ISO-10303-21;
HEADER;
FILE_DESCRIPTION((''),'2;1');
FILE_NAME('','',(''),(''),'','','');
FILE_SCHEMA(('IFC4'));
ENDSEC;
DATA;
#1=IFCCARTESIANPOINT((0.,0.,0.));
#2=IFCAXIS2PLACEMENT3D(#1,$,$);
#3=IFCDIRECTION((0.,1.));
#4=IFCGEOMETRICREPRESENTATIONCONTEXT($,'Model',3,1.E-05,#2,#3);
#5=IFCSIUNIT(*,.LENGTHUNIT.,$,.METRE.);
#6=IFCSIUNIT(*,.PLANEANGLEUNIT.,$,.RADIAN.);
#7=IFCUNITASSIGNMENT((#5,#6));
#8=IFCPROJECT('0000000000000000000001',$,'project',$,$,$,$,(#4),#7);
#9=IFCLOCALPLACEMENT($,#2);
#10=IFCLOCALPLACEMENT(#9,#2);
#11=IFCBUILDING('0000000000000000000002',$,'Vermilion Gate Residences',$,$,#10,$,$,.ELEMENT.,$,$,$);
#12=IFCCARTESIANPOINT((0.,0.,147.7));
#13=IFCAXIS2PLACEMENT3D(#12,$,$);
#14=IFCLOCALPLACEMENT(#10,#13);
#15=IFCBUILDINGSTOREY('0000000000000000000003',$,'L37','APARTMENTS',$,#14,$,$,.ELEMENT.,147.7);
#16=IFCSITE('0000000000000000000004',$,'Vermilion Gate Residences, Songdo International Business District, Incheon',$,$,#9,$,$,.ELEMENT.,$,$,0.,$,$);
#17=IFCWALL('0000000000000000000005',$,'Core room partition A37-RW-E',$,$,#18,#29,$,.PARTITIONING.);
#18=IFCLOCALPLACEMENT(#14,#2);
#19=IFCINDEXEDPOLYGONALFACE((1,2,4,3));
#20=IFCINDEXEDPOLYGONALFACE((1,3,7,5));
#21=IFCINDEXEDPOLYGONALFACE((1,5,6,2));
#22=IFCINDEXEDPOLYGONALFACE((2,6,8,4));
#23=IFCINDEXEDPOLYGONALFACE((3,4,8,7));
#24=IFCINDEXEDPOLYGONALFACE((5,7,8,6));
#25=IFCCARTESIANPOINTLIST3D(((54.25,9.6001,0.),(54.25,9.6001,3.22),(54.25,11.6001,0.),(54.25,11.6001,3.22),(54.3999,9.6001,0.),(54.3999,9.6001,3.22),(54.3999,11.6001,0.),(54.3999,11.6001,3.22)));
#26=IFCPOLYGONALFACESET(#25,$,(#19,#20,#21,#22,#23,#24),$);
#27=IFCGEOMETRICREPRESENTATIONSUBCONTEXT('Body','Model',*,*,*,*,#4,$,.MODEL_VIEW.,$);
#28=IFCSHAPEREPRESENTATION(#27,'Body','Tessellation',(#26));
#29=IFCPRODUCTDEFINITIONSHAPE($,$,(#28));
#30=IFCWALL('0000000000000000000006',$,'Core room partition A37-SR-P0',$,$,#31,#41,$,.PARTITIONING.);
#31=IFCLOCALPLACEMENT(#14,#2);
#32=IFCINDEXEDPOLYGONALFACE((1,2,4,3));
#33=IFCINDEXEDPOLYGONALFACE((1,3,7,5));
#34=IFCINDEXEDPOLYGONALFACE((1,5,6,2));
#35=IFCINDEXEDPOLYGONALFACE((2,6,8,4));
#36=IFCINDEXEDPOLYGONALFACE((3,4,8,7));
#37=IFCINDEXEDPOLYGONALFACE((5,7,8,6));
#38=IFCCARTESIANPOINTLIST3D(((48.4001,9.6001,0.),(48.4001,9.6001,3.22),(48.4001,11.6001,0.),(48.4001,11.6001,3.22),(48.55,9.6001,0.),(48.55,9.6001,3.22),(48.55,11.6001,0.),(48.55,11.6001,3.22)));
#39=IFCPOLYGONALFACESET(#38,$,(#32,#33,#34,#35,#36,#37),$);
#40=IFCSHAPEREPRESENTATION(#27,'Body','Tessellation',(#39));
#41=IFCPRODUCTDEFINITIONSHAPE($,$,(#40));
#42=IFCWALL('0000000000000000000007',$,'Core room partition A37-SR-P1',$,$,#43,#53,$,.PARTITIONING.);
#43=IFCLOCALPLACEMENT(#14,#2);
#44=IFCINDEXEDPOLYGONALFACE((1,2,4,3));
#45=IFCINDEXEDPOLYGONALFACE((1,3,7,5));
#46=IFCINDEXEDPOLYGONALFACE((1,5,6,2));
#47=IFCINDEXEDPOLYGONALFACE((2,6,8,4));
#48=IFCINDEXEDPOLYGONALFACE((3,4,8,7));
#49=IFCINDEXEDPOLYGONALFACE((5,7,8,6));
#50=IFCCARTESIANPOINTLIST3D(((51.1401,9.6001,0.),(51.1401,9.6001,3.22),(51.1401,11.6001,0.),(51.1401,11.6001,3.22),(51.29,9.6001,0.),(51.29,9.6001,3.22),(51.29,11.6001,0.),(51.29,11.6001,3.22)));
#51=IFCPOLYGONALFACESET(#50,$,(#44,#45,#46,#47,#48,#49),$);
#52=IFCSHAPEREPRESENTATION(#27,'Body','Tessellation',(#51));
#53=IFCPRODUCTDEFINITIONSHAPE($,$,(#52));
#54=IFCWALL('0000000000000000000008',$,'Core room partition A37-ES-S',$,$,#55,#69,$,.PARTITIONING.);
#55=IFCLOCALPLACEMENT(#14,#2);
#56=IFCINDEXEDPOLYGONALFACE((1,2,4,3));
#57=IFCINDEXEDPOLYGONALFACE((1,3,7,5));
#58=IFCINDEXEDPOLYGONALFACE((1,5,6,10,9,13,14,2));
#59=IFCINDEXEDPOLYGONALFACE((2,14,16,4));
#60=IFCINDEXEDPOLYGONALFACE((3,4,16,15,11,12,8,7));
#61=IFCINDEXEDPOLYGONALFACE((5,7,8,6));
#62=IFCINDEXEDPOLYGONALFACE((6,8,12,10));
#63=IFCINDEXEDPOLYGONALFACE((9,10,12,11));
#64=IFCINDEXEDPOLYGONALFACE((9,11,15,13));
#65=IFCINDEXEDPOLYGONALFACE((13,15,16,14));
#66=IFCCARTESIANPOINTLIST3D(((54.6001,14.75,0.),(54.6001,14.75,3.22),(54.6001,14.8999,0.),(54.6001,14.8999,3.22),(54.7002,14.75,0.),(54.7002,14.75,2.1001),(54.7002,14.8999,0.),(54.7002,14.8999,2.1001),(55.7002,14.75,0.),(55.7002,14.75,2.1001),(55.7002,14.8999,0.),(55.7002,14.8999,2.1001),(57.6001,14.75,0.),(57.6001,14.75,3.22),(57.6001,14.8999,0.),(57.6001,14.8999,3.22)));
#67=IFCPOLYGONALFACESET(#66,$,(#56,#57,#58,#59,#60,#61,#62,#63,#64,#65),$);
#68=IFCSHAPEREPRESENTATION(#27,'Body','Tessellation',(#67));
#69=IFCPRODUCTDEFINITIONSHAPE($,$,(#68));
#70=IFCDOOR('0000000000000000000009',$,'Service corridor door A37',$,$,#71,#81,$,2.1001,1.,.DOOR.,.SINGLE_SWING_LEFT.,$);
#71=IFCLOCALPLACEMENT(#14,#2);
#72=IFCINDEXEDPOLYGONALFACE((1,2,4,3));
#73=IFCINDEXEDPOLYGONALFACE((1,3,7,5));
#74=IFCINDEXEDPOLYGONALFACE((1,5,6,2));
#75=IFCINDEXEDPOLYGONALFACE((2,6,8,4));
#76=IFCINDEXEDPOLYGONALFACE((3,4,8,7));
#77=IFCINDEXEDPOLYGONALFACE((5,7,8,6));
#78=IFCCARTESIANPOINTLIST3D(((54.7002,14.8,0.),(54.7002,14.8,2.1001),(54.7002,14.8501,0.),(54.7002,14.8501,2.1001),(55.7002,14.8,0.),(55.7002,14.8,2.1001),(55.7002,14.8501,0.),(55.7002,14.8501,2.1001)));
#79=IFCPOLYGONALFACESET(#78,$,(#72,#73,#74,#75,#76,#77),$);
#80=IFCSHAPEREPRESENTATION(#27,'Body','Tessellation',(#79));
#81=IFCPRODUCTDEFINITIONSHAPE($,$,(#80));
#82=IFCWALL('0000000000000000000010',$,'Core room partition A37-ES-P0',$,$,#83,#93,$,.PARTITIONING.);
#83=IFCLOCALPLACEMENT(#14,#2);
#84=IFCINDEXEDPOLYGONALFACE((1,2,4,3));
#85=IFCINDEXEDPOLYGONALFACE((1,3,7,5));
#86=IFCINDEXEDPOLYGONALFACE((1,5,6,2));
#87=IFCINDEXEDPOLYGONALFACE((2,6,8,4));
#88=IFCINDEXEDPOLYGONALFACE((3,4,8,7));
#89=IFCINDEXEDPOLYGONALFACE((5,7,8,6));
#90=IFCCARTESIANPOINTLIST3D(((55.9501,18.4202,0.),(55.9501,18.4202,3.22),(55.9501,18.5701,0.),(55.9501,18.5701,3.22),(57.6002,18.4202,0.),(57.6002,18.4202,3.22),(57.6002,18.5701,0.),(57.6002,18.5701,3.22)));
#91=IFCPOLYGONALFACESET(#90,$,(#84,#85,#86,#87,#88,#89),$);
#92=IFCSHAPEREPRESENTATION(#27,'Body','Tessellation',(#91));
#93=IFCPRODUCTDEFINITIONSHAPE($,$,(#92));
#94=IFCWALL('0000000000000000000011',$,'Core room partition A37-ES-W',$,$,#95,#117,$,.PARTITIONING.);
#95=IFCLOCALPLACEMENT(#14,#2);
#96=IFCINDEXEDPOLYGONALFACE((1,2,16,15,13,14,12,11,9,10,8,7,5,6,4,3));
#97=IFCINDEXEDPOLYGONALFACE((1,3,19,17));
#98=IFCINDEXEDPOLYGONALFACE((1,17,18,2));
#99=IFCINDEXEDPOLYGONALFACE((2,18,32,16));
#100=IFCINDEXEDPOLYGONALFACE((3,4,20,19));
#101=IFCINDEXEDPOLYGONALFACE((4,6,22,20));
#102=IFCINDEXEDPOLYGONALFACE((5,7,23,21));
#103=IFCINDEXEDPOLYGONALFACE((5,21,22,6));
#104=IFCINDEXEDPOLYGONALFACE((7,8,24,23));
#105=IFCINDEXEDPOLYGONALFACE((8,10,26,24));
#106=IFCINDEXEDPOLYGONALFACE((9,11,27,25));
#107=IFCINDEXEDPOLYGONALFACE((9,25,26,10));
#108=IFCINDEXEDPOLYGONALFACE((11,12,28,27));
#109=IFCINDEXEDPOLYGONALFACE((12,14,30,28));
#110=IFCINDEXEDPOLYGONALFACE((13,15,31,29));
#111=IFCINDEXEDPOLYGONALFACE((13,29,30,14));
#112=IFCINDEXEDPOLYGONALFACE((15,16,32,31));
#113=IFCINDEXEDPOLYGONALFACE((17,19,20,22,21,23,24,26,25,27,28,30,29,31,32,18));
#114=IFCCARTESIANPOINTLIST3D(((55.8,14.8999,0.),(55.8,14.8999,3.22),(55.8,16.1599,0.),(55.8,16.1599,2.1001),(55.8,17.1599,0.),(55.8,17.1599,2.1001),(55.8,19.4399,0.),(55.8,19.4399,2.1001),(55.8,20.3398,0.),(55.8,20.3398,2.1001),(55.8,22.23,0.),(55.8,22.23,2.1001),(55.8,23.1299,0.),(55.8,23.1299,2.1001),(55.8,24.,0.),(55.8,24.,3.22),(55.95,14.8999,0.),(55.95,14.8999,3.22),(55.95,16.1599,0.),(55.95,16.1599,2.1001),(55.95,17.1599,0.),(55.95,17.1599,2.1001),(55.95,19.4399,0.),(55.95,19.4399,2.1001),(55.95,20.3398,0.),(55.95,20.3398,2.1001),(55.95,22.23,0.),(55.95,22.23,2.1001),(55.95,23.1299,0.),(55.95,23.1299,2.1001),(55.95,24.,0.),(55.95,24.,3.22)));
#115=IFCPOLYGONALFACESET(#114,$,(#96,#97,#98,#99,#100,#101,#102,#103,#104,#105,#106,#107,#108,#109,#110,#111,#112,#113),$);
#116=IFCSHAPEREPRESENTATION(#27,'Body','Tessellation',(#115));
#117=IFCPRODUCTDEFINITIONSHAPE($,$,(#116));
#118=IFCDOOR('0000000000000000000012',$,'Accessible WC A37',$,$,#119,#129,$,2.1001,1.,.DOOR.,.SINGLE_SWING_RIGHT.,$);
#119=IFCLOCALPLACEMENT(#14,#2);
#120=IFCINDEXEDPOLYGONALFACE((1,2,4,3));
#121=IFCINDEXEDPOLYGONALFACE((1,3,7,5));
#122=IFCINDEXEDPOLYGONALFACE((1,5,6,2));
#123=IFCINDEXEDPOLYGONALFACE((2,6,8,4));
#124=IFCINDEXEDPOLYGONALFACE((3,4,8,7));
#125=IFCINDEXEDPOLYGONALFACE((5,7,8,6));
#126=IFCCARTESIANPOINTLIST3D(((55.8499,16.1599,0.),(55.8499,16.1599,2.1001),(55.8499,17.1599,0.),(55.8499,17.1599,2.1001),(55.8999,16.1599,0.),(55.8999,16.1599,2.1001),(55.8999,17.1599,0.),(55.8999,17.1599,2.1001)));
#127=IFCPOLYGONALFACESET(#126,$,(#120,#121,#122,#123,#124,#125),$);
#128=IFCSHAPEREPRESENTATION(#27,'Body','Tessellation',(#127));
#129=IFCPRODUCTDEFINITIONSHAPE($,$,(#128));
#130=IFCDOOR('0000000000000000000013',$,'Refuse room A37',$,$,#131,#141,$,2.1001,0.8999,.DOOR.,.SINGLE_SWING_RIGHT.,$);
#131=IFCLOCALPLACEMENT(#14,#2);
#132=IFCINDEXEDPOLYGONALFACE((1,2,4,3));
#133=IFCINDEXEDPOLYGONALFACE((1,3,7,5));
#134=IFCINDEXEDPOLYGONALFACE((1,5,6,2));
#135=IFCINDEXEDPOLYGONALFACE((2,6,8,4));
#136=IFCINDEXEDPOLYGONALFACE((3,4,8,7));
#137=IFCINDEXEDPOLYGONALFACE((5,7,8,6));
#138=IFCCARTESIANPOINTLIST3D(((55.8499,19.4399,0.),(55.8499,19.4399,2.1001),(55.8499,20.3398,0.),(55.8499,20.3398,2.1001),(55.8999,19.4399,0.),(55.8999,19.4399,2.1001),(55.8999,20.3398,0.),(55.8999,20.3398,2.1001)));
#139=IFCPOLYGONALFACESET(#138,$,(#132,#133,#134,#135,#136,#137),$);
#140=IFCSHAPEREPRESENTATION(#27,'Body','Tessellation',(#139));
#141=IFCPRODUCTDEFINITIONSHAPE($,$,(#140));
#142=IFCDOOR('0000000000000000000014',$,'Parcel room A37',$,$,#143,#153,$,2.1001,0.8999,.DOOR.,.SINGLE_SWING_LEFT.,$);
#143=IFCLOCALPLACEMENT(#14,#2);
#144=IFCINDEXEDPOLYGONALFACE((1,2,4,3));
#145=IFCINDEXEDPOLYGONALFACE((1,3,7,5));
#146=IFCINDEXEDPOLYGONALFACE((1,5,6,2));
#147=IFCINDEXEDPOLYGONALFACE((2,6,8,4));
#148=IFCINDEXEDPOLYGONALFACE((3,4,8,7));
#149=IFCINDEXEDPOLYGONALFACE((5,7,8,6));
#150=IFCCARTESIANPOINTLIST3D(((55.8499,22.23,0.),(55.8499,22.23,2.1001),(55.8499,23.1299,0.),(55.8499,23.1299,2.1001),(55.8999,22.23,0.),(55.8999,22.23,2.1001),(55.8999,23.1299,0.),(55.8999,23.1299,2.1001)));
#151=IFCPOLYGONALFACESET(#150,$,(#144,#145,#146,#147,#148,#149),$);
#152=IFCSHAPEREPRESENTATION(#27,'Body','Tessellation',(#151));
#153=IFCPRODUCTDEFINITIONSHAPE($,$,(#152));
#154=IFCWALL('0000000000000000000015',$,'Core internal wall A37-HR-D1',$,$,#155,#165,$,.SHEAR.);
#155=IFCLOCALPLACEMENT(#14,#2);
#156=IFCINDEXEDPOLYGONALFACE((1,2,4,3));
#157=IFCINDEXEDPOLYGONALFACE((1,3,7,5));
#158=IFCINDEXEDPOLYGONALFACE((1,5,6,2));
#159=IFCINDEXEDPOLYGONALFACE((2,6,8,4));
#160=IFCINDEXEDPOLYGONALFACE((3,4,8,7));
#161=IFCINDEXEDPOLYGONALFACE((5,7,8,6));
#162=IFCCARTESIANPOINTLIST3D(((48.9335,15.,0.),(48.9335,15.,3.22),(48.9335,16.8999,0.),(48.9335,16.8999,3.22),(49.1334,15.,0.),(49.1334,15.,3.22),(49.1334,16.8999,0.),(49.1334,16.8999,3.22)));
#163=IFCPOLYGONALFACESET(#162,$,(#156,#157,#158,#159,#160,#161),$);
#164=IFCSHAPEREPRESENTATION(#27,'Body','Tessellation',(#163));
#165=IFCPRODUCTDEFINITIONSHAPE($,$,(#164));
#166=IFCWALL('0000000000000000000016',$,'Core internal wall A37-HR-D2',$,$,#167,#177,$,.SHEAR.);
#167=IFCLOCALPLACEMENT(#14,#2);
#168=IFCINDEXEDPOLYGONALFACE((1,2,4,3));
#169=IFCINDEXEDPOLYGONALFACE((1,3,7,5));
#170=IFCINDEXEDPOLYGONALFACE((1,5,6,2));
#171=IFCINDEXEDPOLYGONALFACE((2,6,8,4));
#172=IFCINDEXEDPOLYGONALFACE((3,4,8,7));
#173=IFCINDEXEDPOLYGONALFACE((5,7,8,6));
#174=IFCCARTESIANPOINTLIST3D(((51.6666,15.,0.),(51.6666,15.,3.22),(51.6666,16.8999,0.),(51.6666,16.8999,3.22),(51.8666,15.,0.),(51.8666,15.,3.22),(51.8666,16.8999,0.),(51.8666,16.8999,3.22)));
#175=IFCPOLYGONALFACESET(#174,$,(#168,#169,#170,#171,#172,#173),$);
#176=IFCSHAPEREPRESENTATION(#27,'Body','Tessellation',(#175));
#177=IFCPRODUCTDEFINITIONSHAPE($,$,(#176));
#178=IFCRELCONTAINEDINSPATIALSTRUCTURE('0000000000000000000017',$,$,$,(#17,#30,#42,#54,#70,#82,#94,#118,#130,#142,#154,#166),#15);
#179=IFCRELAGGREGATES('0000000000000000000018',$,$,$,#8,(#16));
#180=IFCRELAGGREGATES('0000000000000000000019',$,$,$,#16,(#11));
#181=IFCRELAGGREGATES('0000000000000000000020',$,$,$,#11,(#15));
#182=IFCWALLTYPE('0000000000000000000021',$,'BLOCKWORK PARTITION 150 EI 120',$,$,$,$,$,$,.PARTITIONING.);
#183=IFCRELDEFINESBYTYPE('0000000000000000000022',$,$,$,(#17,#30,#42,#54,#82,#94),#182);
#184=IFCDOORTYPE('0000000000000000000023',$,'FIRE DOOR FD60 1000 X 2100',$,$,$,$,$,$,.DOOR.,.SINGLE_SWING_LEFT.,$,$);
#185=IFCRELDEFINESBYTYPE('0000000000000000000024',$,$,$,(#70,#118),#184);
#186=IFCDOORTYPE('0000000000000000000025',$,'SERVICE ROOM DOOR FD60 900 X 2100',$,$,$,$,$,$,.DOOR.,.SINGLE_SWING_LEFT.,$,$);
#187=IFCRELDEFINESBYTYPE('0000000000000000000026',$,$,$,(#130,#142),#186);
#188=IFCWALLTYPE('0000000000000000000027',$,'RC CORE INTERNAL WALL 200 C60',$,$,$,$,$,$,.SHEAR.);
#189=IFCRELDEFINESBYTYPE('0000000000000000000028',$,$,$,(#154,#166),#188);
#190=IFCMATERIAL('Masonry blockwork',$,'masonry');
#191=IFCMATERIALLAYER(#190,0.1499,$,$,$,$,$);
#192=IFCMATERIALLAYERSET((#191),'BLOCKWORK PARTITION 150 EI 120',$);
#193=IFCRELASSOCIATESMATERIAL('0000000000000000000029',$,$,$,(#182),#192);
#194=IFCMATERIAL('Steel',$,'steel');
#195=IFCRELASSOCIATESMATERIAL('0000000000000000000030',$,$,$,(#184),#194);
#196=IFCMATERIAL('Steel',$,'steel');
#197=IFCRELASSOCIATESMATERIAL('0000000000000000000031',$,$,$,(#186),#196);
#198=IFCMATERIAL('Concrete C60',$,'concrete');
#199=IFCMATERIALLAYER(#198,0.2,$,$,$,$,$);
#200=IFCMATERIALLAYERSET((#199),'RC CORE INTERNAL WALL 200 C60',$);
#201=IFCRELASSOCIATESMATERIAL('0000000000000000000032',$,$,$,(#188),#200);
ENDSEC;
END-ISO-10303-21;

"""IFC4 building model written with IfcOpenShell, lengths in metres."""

from ifc_helpers import new_model, si_unit, direction, frame, frame_2d, origin, place, context, subcontext, project, spatial, rectangle, extrude, material, layer, layer_set, type_object, element, fill, save


model = new_model("IFC4")

# Units and contexts
model_context = context("Model", 3, precision=1e-05, world=origin(), true_north=direction((0.0, 1.0)))
body_context = subcontext(model_context, "Body", "Model", "MODEL_VIEW")
ifc_project = project(units=[si_unit("LENGTHUNIT", "METRE"), si_unit("PLANEANGLEUNIT", "RADIAN")], contexts=[model_context])

# Site, building, storey
site_placement = place(None, origin())
site = spatial("IfcSite", under=ifc_project, at=site_placement, Name="Vermilion Gate Residences, Songdo International Business District, Incheon", CompositionType="ELEMENT", RefElevation=0.0)
building_placement = place(site_placement, origin())
building = spatial("IfcBuilding", under=site, at=building_placement, Name="Vermilion Gate Residences", CompositionType="ELEMENT")
storey_placement = place(building_placement, frame((0.0, 0.0, 147.7)))
storey = spatial("IfcBuildingStorey", under=building, at=storey_placement, Name="L37", Description="APARTMENTS", CompositionType="ELEMENT", Elevation=147.7)

# Walls
ifc_material_1 = material(Name="Masonry blockwork", Category="masonry")
ifc_layer_1 = layer(ifc_material_1, 0.1499)
ifc_layer_set_1 = layer_set([ifc_layer_1], Name="BLOCKWORK PARTITION 150 EI 120")
wall_type_1 = type_object("IfcWallType", Name="BLOCKWORK PARTITION 150 EI 120", PredefinedType="PARTITIONING", material=ifc_layer_set_1)
for number, where, z_axis, x_axis, name in (
    (1, (54.325, 9.6001, 0.0), (0.0, 0.0, 1.0), (0.0, 1.0, 0.0), "Core room partition A37-RW-E"),
    (2, (48.4751, 9.6001, 0.0), (0.0, 0.0, 1.0), (0.0, 1.0, 0.0), "Core room partition A37-SR-P0"),
    (3, (51.2151, 9.6001, 0.0), (0.0, 0.0, 1.0), (0.0, 1.0, 0.0), "Core room partition A37-SR-P1"),
):
    element("IfcWall", number, at=place(storey_placement, frame(where, z_axis=z_axis, x_axis=x_axis)), inside=storey, type_object=wall_type_1, Name=name, PredefinedType="PARTITIONING", context=body_context, shape_type="SweptSolid", body=[
        extrude(rectangle(XDim=2.0, YDim=0.1499, at=frame_2d((1.0, 0.0))), origin(), (0.0, 0.0, 1.0), 3.22),
    ])

# Wall, opening, door
wall_1_placement = place(storey_placement, frame((54.6001, 14.825, 0.0), z_axis=(0.0, 0.0, 1.0), x_axis=(1.0, 0.0, 0.0)))
wall_1 = element("IfcWall", 4, at=wall_1_placement, inside=storey, type_object=wall_type_1, Name="Core room partition A37-ES-S", PredefinedType="PARTITIONING", context=body_context, shape_type="SweptSolid", body=[
    extrude(rectangle(XDim=3.0, YDim=0.1499, at=frame_2d((1.5, 0.0))), origin(), (0.0, 0.0, 1.0), 3.22),
])
opening_1_placement = place(wall_1_placement, frame((0.1001, 0.0, 0.0)))
opening_1 = element("IfcOpeningElement", 5, at=opening_1_placement, cuts=wall_1, PredefinedType="OPENING", context=body_context, shape_type="SweptSolid", body=[
    extrude(rectangle(XDim=1.0, YDim=2.1001, at=frame_2d((0.5, 1.05))), frame((0.0, 0.085, 0.0), z_axis=(0.0, -1.0, 0.0), x_axis=(1.0, 0.0, 0.0)), (0.0, 0.0, 1.0), 0.1699),
])
ifc_material_2 = material(Name="Steel", Category="steel")
door_type_1 = type_object("IfcDoorType", Name="FIRE DOOR FD60 1000 X 2100", OperationType="SINGLE_SWING_LEFT", PredefinedType="DOOR", material=ifc_material_2)
door_1_placement = place(opening_1_placement, frame((1.0, 0.0, 0.0), z_axis=(0.0, 0.0, 1.0), x_axis=(-1.0, 0.0, 0.0)))
door_1 = element("IfcDoor", 6, at=door_1_placement, inside=storey, type_object=door_type_1, Name="Service corridor door A37", OperationType="SINGLE_SWING_LEFT", OverallHeight=2.1001, OverallWidth=1.0, PredefinedType="DOOR", context=body_context, shape_type="SweptSolid", body=[
    extrude(rectangle(XDim=1.0, YDim=2.1001, at=frame_2d((0.5, 1.05))), frame((0.0, 0.0249, 0.0), z_axis=(0.0, -1.0, 0.0), x_axis=(1.0, 0.0, 0.0)), (0.0, 0.0, 1.0), 0.05),
])
fill(opening_1, door_1)

# Wall
wall_2_placement = place(storey_placement, frame((55.95, 18.4951, 0.0), z_axis=(0.0, 0.0, 1.0), x_axis=(1.0, 0.0, 0.0)))
element("IfcWall", 7, at=wall_2_placement, inside=storey, type_object=wall_type_1, Name="Core room partition A37-ES-P0", PredefinedType="PARTITIONING", context=body_context, shape_type="SweptSolid", body=[
    extrude(rectangle(XDim=1.6501, YDim=0.1499, at=frame_2d((0.8252, 0.0))), origin(), (0.0, 0.0, 1.0), 3.22),
])

# Wall, openings, doors
wall_3_placement = place(storey_placement, frame((55.875, 14.8999, 0.0), z_axis=(0.0, 0.0, 1.0), x_axis=(0.0, 1.0, 0.0)))
wall_3 = element("IfcWall", 8, at=wall_3_placement, inside=storey, type_object=wall_type_1, Name="Core room partition A37-ES-W", PredefinedType="PARTITIONING", context=body_context, shape_type="SweptSolid", body=[
    extrude(rectangle(XDim=9.1001, YDim=0.1499, at=frame_2d((4.55, 0.0))), origin(), (0.0, 0.0, 1.0), 3.22),
])
opening_2_placement = place(wall_3_placement, frame((1.26, 0.0, 0.0)))
opening_2 = element("IfcOpeningElement", 9, at=opening_2_placement, cuts=wall_3, PredefinedType="OPENING", context=body_context, shape_type="SweptSolid", body=[
    extrude(rectangle(XDim=1.0, YDim=2.1001, at=frame_2d((0.5, 1.05))), frame((0.0, 0.085, 0.0), z_axis=(0.0, -1.0, 0.0), x_axis=(1.0, 0.0, 0.0)), (0.0, 0.0, 1.0), 0.1699),
])
opening_3_placement = place(wall_3_placement, frame((4.54, 0.0, 0.0)))
opening_3 = element("IfcOpeningElement", 10, at=opening_3_placement, cuts=wall_3, PredefinedType="OPENING", context=body_context, shape_type="SweptSolid", body=[
    extrude(rectangle(XDim=0.8999, YDim=2.1001, at=frame_2d((0.45, 1.05))), frame((0.0, 0.085, 0.0), z_axis=(0.0, -1.0, 0.0), x_axis=(1.0, 0.0, 0.0)), (0.0, 0.0, 1.0), 0.1699),
])
opening_4_placement = place(wall_3_placement, frame((7.3301, 0.0, 0.0)))
opening_4 = element("IfcOpeningElement", 11, at=opening_4_placement, cuts=wall_3, PredefinedType="OPENING", context=body_context, shape_type="SweptSolid", body=[
    extrude(rectangle(XDim=0.8999, YDim=2.1001, at=frame_2d((0.45, 1.05))), frame((0.0, 0.085, 0.0), z_axis=(0.0, -1.0, 0.0), x_axis=(1.0, 0.0, 0.0)), (0.0, 0.0, 1.0), 0.1699),
])
door_2_placement = place(opening_2_placement, frame((1.0, 0.0, 0.0), z_axis=(0.0, 0.0, 1.0), x_axis=(-1.0, 0.0, 0.0)))
door_2 = element("IfcDoor", 12, at=door_2_placement, inside=storey, type_object=door_type_1, Name="Accessible WC A37", OperationType="SINGLE_SWING_RIGHT", OverallHeight=2.1001, OverallWidth=1.0, PredefinedType="DOOR", context=body_context, shape_type="SweptSolid", body=[
    extrude(rectangle(XDim=1.0, YDim=2.1001, at=frame_2d((0.5, 1.05))), frame((0.0, 0.0249, 0.0), z_axis=(0.0, -1.0, 0.0), x_axis=(1.0, 0.0, 0.0)), (0.0, 0.0, 1.0), 0.05),
])
fill(opening_2, door_2)
ifc_material_3 = material(Name="Steel", Category="steel")
door_type_2 = type_object("IfcDoorType", Name="SERVICE ROOM DOOR FD60 900 X 2100", OperationType="SINGLE_SWING_LEFT", PredefinedType="DOOR", material=ifc_material_3)
door_3_placement = place(opening_3_placement, frame((0.8999, 0.0, 0.0), z_axis=(0.0, 0.0, 1.0), x_axis=(-1.0, 0.0, 0.0)))
door_3 = element("IfcDoor", 13, at=door_3_placement, inside=storey, type_object=door_type_2, Name="Refuse room A37", OperationType="SINGLE_SWING_RIGHT", OverallHeight=2.1001, OverallWidth=0.8999, PredefinedType="DOOR", context=body_context, shape_type="SweptSolid", body=[
    extrude(rectangle(XDim=0.8999, YDim=2.1001, at=frame_2d((0.45, 1.05))), frame((0.0, 0.0249, 0.0), z_axis=(0.0, -1.0, 0.0), x_axis=(1.0, 0.0, 0.0)), (0.0, 0.0, 1.0), 0.05),
])
fill(opening_3, door_3)
door_4_placement = place(opening_4_placement, frame((0.8999, 0.0, 0.0), z_axis=(0.0, 0.0, 1.0), x_axis=(-1.0, 0.0, 0.0)))
door_4 = element("IfcDoor", 14, at=door_4_placement, inside=storey, type_object=door_type_2, Name="Parcel room A37", OperationType="SINGLE_SWING_LEFT", OverallHeight=2.1001, OverallWidth=0.8999, PredefinedType="DOOR", context=body_context, shape_type="SweptSolid", body=[
    extrude(rectangle(XDim=0.8999, YDim=2.1001, at=frame_2d((0.45, 1.05))), frame((0.0, 0.0249, 0.0), z_axis=(0.0, -1.0, 0.0), x_axis=(1.0, 0.0, 0.0)), (0.0, 0.0, 1.0), 0.05),
])
fill(opening_4, door_4)

# Walls
ifc_material_4 = material(Name="Concrete C60", Category="concrete")
ifc_layer_2 = layer(ifc_material_4, 0.2)
ifc_layer_set_2 = layer_set([ifc_layer_2], Name="RC CORE INTERNAL WALL 200 C60")
wall_type_2 = type_object("IfcWallType", Name="RC CORE INTERNAL WALL 200 C60", PredefinedType="SHEAR", material=ifc_layer_set_2)
for number, where, z_axis, x_axis, name in (
    (15, (49.0334, 15.0, 0.0), (0.0, 0.0, 1.0), (0.0, 1.0, 0.0), "Core internal wall A37-HR-D1"),
    (16, (51.7666, 15.0, 0.0), (0.0, 0.0, 1.0), (0.0, 1.0, 0.0), "Core internal wall A37-HR-D2"),
):
    element("IfcWall", number, at=place(storey_placement, frame(where, z_axis=z_axis, x_axis=x_axis)), inside=storey, type_object=wall_type_2, Name=name, PredefinedType="SHEAR", context=body_context, shape_type="SweptSolid", body=[
        extrude(rectangle(XDim=1.8999, YDim=0.2, at=frame_2d((0.95, 0.0))), origin(), (0.0, 0.0, 1.0), 3.22),
    ])

save(model, "model.ifc")
